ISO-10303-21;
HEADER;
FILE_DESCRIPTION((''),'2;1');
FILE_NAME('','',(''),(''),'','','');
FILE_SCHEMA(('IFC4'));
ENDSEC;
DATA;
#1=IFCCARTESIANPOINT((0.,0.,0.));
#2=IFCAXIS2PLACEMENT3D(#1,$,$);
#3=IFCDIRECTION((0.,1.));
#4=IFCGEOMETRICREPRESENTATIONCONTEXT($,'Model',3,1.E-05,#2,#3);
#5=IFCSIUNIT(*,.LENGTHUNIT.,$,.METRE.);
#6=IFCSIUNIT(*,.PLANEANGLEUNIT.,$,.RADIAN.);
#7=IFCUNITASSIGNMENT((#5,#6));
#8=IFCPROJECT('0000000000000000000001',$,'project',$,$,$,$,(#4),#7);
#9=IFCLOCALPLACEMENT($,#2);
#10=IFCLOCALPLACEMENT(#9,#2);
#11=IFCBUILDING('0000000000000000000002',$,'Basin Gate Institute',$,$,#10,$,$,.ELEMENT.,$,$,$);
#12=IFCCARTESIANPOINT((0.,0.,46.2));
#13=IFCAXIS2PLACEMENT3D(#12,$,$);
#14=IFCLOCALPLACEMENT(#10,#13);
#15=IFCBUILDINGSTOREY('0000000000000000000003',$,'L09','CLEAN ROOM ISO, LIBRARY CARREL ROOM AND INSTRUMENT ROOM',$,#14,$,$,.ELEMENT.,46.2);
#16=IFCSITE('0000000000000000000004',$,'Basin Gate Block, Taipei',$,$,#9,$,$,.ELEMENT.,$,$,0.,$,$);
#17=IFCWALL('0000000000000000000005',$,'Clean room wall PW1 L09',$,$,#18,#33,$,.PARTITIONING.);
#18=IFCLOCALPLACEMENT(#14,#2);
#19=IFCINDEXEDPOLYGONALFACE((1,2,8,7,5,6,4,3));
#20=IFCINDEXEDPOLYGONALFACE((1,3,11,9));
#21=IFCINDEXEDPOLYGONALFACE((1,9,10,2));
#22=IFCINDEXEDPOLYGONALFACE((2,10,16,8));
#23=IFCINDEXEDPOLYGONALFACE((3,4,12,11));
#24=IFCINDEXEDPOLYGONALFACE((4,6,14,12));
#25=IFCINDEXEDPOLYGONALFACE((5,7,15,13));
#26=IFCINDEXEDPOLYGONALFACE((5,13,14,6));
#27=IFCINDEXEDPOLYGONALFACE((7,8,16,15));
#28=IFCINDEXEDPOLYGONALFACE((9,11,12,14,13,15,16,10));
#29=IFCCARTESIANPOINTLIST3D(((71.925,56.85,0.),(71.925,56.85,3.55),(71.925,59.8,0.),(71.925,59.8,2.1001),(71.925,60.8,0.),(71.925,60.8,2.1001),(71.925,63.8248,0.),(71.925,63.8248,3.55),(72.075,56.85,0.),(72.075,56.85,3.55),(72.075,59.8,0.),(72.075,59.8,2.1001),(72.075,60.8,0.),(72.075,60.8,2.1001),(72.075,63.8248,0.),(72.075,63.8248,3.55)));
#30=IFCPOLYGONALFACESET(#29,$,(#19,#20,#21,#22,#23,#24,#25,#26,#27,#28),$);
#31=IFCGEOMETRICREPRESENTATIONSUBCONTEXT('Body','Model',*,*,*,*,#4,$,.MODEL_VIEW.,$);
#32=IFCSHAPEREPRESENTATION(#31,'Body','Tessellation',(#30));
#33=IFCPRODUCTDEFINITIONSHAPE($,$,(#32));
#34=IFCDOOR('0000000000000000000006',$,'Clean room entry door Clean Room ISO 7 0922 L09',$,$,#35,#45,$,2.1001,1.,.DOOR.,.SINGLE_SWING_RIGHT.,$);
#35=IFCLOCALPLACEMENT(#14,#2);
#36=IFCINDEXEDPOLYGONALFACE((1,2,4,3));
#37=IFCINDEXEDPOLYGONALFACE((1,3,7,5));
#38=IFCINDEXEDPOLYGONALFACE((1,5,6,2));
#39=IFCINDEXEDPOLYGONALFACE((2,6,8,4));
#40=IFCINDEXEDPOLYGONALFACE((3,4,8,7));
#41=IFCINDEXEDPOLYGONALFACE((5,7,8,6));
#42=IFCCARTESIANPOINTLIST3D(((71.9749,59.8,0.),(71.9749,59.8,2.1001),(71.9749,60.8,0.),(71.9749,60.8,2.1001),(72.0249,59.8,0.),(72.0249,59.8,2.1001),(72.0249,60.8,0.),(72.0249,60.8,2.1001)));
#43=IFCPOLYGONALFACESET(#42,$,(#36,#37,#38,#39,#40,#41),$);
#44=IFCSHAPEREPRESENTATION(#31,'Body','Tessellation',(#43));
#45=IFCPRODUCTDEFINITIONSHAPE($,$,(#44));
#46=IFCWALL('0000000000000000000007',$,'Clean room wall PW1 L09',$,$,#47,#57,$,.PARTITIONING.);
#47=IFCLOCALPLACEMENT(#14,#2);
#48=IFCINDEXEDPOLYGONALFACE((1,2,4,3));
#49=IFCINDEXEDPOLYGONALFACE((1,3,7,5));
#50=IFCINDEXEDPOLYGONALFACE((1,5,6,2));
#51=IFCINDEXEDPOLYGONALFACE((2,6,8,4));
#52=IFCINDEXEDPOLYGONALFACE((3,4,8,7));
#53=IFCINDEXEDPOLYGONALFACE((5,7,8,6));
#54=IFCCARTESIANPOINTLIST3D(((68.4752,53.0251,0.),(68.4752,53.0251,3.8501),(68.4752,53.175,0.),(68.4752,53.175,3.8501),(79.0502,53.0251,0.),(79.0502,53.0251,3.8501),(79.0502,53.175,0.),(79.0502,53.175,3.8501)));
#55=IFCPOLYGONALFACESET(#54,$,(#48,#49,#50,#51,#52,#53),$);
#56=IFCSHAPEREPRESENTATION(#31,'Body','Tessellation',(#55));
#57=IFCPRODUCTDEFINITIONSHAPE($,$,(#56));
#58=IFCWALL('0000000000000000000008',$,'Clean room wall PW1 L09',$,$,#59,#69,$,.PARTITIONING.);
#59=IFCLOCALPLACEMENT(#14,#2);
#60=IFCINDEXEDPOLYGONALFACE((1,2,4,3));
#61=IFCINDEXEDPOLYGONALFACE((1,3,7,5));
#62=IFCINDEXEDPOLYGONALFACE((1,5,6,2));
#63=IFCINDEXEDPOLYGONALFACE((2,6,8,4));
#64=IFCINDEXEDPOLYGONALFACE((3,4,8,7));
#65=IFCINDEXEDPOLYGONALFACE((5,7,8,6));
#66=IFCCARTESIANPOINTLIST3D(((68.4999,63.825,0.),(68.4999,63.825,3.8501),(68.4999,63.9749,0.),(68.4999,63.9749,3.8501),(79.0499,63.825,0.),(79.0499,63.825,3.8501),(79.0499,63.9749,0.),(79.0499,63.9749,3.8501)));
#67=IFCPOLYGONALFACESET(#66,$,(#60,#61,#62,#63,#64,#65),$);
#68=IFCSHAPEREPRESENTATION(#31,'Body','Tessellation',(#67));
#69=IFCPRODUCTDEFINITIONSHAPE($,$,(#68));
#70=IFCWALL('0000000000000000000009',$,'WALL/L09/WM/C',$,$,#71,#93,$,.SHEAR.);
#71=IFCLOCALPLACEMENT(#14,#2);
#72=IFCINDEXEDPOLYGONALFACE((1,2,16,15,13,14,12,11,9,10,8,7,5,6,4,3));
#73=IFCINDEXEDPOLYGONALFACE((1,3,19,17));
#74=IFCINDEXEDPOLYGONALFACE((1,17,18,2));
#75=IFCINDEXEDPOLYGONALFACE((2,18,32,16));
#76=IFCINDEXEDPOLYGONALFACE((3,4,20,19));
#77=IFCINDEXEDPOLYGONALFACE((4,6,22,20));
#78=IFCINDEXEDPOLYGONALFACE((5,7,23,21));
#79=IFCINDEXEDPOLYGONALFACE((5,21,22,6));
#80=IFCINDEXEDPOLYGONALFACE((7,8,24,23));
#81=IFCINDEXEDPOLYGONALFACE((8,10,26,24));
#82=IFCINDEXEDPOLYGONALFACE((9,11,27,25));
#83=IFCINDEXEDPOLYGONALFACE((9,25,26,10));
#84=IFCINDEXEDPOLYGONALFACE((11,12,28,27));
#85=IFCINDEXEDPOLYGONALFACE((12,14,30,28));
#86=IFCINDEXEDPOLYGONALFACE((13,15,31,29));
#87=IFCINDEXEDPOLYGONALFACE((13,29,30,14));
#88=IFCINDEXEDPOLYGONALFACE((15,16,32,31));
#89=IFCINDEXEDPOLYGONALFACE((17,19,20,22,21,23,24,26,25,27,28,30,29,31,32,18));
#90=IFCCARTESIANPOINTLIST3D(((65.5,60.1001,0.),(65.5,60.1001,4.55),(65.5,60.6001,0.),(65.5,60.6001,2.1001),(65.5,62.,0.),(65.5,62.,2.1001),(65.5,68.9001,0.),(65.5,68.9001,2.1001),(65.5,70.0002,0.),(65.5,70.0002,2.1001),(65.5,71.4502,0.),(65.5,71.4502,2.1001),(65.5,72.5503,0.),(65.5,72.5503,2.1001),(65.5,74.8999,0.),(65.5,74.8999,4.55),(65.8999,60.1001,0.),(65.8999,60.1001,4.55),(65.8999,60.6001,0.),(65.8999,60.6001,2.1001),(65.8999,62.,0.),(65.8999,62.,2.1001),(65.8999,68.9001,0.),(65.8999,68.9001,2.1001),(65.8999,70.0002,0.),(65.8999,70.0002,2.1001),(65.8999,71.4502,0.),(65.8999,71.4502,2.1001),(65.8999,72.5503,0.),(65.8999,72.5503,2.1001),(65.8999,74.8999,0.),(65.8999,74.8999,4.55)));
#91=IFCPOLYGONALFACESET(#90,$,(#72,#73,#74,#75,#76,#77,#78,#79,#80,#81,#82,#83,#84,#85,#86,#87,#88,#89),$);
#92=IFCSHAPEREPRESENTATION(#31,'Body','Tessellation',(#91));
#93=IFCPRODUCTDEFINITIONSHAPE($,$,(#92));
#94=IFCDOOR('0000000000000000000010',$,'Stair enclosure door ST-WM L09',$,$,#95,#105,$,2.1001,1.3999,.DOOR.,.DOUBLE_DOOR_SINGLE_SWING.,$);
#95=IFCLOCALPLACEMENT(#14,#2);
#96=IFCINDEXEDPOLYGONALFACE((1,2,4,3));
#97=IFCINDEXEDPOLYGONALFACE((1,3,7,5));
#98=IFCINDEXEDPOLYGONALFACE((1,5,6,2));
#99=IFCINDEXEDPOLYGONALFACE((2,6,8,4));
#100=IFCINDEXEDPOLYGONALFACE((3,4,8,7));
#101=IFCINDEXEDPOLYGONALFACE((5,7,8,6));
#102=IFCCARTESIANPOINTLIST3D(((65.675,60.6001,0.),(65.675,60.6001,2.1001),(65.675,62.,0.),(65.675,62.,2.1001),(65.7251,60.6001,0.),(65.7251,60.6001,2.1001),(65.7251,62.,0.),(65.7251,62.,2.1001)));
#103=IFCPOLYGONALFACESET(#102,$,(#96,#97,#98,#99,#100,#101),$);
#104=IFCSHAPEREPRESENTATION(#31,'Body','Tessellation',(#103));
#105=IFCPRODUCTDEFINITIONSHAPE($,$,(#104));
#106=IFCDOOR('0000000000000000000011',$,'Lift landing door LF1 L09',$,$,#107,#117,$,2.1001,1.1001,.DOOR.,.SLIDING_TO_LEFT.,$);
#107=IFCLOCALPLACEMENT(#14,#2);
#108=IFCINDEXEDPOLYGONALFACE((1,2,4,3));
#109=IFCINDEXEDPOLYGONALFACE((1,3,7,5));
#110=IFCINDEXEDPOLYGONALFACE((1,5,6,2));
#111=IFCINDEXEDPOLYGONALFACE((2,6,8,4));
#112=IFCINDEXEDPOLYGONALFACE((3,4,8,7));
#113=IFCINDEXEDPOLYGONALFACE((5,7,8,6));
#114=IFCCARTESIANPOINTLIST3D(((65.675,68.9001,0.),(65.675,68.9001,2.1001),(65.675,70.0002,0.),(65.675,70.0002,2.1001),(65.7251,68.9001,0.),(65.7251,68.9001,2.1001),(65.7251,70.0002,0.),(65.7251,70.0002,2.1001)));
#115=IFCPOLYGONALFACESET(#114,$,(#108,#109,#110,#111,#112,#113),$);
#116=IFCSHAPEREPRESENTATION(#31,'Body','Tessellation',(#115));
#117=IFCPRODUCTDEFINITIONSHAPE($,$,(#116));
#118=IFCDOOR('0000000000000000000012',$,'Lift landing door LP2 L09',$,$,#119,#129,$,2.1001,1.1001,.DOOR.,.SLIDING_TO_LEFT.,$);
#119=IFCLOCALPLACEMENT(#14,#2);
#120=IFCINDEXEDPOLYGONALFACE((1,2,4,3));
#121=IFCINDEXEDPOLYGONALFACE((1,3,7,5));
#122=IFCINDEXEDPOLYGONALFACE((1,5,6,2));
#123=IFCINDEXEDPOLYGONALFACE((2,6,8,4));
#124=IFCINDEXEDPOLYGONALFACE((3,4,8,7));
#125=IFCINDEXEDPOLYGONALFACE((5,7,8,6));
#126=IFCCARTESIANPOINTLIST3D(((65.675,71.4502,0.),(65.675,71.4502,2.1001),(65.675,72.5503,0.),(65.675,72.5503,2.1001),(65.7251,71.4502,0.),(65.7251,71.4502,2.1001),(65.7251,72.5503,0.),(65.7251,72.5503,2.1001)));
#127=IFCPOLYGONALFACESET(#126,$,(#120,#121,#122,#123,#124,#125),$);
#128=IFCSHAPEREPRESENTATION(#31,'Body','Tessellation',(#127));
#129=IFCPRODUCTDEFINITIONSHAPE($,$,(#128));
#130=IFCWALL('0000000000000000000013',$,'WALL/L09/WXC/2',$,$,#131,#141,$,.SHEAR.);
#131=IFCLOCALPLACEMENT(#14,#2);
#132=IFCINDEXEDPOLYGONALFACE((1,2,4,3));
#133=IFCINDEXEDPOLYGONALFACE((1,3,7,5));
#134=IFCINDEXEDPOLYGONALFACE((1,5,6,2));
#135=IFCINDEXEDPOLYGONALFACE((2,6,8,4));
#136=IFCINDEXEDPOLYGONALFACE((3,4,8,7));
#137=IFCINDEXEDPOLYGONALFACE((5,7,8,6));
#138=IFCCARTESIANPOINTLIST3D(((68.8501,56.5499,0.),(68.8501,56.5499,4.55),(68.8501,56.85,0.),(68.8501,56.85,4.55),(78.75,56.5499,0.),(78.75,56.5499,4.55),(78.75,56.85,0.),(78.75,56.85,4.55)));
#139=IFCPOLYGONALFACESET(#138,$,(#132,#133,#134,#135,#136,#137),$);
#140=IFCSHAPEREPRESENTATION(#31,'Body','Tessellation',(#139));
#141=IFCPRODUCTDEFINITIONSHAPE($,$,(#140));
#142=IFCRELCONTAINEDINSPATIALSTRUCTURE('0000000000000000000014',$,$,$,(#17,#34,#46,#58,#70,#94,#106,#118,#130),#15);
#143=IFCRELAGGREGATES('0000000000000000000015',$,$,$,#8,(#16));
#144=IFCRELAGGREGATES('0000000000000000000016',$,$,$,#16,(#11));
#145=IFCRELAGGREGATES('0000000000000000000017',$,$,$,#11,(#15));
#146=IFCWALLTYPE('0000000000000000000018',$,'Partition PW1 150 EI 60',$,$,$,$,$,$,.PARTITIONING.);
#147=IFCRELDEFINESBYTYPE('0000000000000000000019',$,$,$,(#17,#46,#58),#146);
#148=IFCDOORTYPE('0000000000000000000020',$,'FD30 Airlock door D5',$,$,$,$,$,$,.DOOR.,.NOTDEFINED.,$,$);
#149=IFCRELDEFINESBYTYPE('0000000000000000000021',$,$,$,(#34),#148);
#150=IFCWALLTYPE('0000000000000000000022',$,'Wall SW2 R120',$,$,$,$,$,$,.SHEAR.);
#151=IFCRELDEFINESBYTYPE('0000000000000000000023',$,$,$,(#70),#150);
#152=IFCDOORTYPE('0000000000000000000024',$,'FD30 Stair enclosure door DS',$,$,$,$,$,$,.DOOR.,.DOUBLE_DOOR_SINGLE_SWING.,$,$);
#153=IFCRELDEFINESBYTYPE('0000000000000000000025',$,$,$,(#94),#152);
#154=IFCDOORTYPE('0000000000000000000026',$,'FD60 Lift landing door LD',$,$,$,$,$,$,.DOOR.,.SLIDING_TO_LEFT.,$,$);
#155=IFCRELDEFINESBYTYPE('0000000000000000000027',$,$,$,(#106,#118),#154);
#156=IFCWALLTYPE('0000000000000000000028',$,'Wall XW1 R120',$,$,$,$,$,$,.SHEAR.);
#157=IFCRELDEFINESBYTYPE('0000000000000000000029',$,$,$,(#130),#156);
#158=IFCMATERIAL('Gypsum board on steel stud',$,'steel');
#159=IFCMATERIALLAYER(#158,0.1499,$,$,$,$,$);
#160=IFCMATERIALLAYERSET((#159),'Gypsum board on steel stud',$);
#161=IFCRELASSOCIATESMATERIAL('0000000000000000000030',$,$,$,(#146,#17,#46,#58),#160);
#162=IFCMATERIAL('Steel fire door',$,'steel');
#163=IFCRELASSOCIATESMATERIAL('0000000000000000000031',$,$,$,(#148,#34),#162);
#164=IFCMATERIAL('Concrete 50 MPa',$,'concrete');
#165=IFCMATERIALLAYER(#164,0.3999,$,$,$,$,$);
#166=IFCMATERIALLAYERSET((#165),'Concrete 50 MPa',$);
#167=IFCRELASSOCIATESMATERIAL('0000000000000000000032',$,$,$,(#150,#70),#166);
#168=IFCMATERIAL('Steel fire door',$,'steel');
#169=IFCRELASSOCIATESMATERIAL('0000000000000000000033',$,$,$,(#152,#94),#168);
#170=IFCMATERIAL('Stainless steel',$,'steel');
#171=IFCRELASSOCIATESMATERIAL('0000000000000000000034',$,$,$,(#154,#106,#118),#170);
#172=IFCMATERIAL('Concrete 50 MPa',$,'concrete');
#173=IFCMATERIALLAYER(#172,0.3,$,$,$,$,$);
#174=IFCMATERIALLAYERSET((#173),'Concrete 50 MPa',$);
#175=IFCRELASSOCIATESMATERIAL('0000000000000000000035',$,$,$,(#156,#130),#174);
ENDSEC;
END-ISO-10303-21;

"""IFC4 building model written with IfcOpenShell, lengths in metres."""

from ifc_helpers import new_model, si_unit, direction, frame, frame_2d, origin, place, context, subcontext, project, spatial, rectangle, extrude, material, layer, layer_set, type_object, element, fill, save


model = new_model("IFC4")

# Units and contexts
model_context = context("Model", 3, precision=1e-05, world=origin(), true_north=direction((0.0, 1.0)))
body_context = subcontext(model_context, "Body", "Model", "MODEL_VIEW")
ifc_project = project(units=[si_unit("LENGTHUNIT", "METRE"), si_unit("PLANEANGLEUNIT", "RADIAN")], contexts=[model_context])

# Site, building, storey
site_placement = place(None, origin())
site = spatial("IfcSite", under=ifc_project, at=site_placement, Name="Basin Gate Block, Taipei", CompositionType="ELEMENT", RefElevation=0.0)
building_placement = place(site_placement, origin())
building = spatial("IfcBuilding", under=site, at=building_placement, Name="Basin Gate Institute", CompositionType="ELEMENT")
storey_placement = place(building_placement, frame((0.0, 0.0, 46.2)))
storey = spatial("IfcBuildingStorey", under=building, at=storey_placement, Name="L09", Description="CLEAN ROOM ISO, LIBRARY CARREL ROOM AND INSTRUMENT ROOM", CompositionType="ELEMENT", Elevation=46.2)

# Wall, opening, door
ifc_material_1 = material(Name="Gypsum board on steel stud", Category="steel")
ifc_layer_1 = layer(ifc_material_1, 0.1499)
ifc_layer_set_1 = layer_set([ifc_layer_1], Name="Gypsum board on steel stud")
wall_type_1 = type_object("IfcWallType", Name="Partition PW1 150 EI 60", PredefinedType="PARTITIONING", material=ifc_layer_set_1)
ifc_material_2 = material(Name="Steel fire door", Category="steel")
door_type_1 = type_object("IfcDoorType", Name="FD30 Airlock door D5", OperationType="NOTDEFINED", PredefinedType="DOOR", material=ifc_material_2)
wall_1_placement = place(storey_placement, frame((72.0, 56.8501, 0.0), z_axis=(0.0, 0.0, 1.0), x_axis=(0.0, 1.0, 0.0)))
wall_1 = element("IfcWall", 1, at=wall_1_placement, inside=storey, type_object=wall_type_1, material=ifc_layer_set_1, Name="Clean room wall PW1 L09", PredefinedType="PARTITIONING", context=body_context, shape_type="SweptSolid", body=[
    extrude(rectangle(XDim=6.9749, YDim=0.1499, at=frame_2d((3.4873, 0.0))), origin(), (0.0, 0.0, 1.0), 3.55),
])
opening_1_placement = place(wall_1_placement, frame((2.95, 0.0, 0.0)))
opening_1 = element("IfcOpeningElement", 2, at=opening_1_placement, cuts=wall_1, PredefinedType="OPENING", context=body_context, shape_type="SweptSolid", body=[
    extrude(rectangle(XDim=1.0, YDim=2.1001, at=frame_2d((0.5, 1.05))), frame((0.0, 0.085, 0.0), z_axis=(0.0, -1.0, 0.0), x_axis=(1.0, 0.0, 0.0)), (0.0, 0.0, 1.0), 0.1699),
])
door_1_placement = place(opening_1_placement, frame((1.0, 0.0, 0.0), z_axis=(0.0, 0.0, 1.0), x_axis=(-1.0, 0.0, 0.0)))
door_1 = element("IfcDoor", 3, at=door_1_placement, inside=storey, type_object=door_type_1, material=ifc_material_2, Name="Clean room entry door Clean Room ISO 7 0922 L09", OperationType="SINGLE_SWING_RIGHT", OverallHeight=2.1001, OverallWidth=1.0, PredefinedType="DOOR", context=body_context, shape_type="SweptSolid", body=[
    extrude(rectangle(XDim=1.0, YDim=2.1001, at=frame_2d((0.5, 1.05))), frame((0.0, 0.0249, 0.0), z_axis=(0.0, -1.0, 0.0), x_axis=(1.0, 0.0, 0.0)), (0.0, 0.0, 1.0), 0.05),
])
fill(opening_1, door_1)

# Walls
wall_2_placement = place(storey_placement, frame((68.4751, 53.1001, 0.0), z_axis=(0.0, 0.0, 1.0), x_axis=(1.0, 0.0, 0.0)))
element("IfcWall", 4, at=wall_2_placement, inside=storey, type_object=wall_type_1, material=ifc_layer_set_1, Name="Clean room wall PW1 L09", PredefinedType="PARTITIONING", context=body_context, shape_type="SweptSolid", body=[
    extrude(rectangle(XDim=10.575, YDim=0.1499, at=frame_2d((5.2876, 0.0))), origin(), (0.0, 0.0, 1.0), 3.8501),
])
wall_3_placement = place(storey_placement, frame((68.5, 63.8999, 0.0), z_axis=(0.0, 0.0, 1.0), x_axis=(1.0, 0.0, 0.0)))
element("IfcWall", 5, at=wall_3_placement, inside=storey, type_object=wall_type_1, material=ifc_layer_set_1, Name="Clean room wall PW1 L09", PredefinedType="PARTITIONING", context=body_context, shape_type="SweptSolid", body=[
    extrude(rectangle(XDim=10.55, YDim=0.1499, at=frame_2d((5.2749, 0.0))), origin(), (0.0, 0.0, 1.0), 3.8501),
])

# Wall, openings, doors
ifc_material_3 = material(Name="Concrete 50 MPa", Category="concrete")
ifc_layer_2 = layer(ifc_material_3, 0.3999)
ifc_layer_set_2 = layer_set([ifc_layer_2], Name="Concrete 50 MPa")
wall_type_2 = type_object("IfcWallType", Name="Wall SW2 R120", PredefinedType="SHEAR", material=ifc_layer_set_2)
wall_4_placement = place(storey_placement, frame((65.7, 60.1001, 0.0), z_axis=(0.0, 0.0, 1.0), x_axis=(0.0, 1.0, 0.0)))
wall_4 = element("IfcWall", 6, at=wall_4_placement, inside=storey, type_object=wall_type_2, material=ifc_layer_set_2, Name="WALL/L09/WM/C", PredefinedType="SHEAR", context=body_context, shape_type="SweptSolid", body=[
    extrude(rectangle(XDim=14.7998, YDim=0.3999, at=frame_2d((7.3999, 0.0))), origin(), (0.0, 0.0, 1.0), 4.55),
])
opening_2_placement = place(wall_4_placement, frame((0.5, 0.0, 0.0)))
opening_2 = element("IfcOpeningElement", 7, at=opening_2_placement, cuts=wall_4, PredefinedType="OPENING", context=body_context, shape_type="SweptSolid", body=[
    extrude(rectangle(XDim=1.3999, YDim=2.1001, at=frame_2d((0.7, 1.05))), frame((0.0, 0.21, 0.0), z_axis=(0.0, -1.0, 0.0), x_axis=(1.0, 0.0, 0.0)), (0.0, 0.0, 1.0), 0.4199),
])
opening_3_placement = place(wall_4_placement, frame((8.8, 0.0, 0.0)))
opening_3 = element("IfcOpeningElement", 8, at=opening_3_placement, cuts=wall_4, PredefinedType="OPENING", context=body_context, shape_type="SweptSolid", body=[
    extrude(rectangle(XDim=1.1001, YDim=2.1001, at=frame_2d((0.55, 1.05))), frame((0.0, 0.21, 0.0), z_axis=(0.0, -1.0, 0.0), x_axis=(1.0, 0.0, 0.0)), (0.0, 0.0, 1.0), 0.4199),
])
opening_4_placement = place(wall_4_placement, frame((11.3501, 0.0, 0.0)))
opening_4 = element("IfcOpeningElement", 9, at=opening_4_placement, cuts=wall_4, PredefinedType="OPENING", context=body_context, shape_type="SweptSolid", body=[
    extrude(rectangle(XDim=1.1001, YDim=2.1001, at=frame_2d((0.55, 1.05))), frame((0.0, 0.21, 0.0), z_axis=(0.0, -1.0, 0.0), x_axis=(1.0, 0.0, 0.0)), (0.0, 0.0, 1.0), 0.4199),
])
ifc_material_4 = material(Name="Steel fire door", Category="steel")
door_type_2 = type_object("IfcDoorType", Name="FD30 Stair enclosure door DS", OperationType="DOUBLE_DOOR_SINGLE_SWING", PredefinedType="DOOR", material=ifc_material_4)
door_2_placement = place(opening_2_placement, origin())
door_2 = element("IfcDoor", 10, at=door_2_placement, inside=storey, type_object=door_type_2, material=ifc_material_4, Name="Stair enclosure door ST-WM L09", OperationType="DOUBLE_DOOR_SINGLE_SWING", OverallHeight=2.1001, OverallWidth=1.3999, PredefinedType="DOOR", context=body_context, shape_type="SweptSolid", body=[
    extrude(rectangle(XDim=1.3999, YDim=2.1001, at=frame_2d((0.7, 1.05))), frame((0.0, 0.0249, 0.0), z_axis=(0.0, -1.0, 0.0), x_axis=(1.0, 0.0, 0.0)), (0.0, 0.0, 1.0), 0.05),
])
fill(opening_2, door_2)
ifc_material_5 = material(Name="Stainless steel", Category="steel")
door_type_3 = type_object("IfcDoorType", Name="FD60 Lift landing door LD", OperationType="SLIDING_TO_LEFT", PredefinedType="DOOR", material=ifc_material_5)
door_3_placement = place(opening_3_placement, origin())
door_3 = element("IfcDoor", 11, at=door_3_placement, inside=storey, type_object=door_type_3, material=ifc_material_5, Name="Lift landing door LF1 L09", OperationType="SLIDING_TO_LEFT", OverallHeight=2.1001, OverallWidth=1.1001, PredefinedType="DOOR", context=body_context, shape_type="SweptSolid", body=[
    extrude(rectangle(XDim=1.1001, YDim=2.1001, at=frame_2d((0.55, 1.05))), frame((0.0, 0.0249, 0.0), z_axis=(0.0, -1.0, 0.0), x_axis=(1.0, 0.0, 0.0)), (0.0, 0.0, 1.0), 0.05),
])
fill(opening_3, door_3)
door_4_placement = place(opening_4_placement, origin())
door_4 = element("IfcDoor", 12, at=door_4_placement, inside=storey, type_object=door_type_3, material=ifc_material_5, Name="Lift landing door LP2 L09", OperationType="SLIDING_TO_LEFT", OverallHeight=2.1001, OverallWidth=1.1001, PredefinedType="DOOR", context=body_context, shape_type="SweptSolid", body=[
    extrude(rectangle(XDim=1.1001, YDim=2.1001, at=frame_2d((0.55, 1.05))), frame((0.0, 0.0249, 0.0), z_axis=(0.0, -1.0, 0.0), x_axis=(1.0, 0.0, 0.0)), (0.0, 0.0, 1.0), 0.05),
])
fill(opening_4, door_4)

# Wall
ifc_material_6 = material(Name="Concrete 50 MPa", Category="concrete")
ifc_layer_3 = layer(ifc_material_6, 0.3)
ifc_layer_set_3 = layer_set([ifc_layer_3], Name="Concrete 50 MPa")
wall_type_3 = type_object("IfcWallType", Name="Wall XW1 R120", PredefinedType="SHEAR", material=ifc_layer_set_3)
wall_5_placement = place(storey_placement, frame((68.8501, 56.7, 0.0), z_axis=(0.0, 0.0, 1.0), x_axis=(1.0, 0.0, 0.0)))
element("IfcWall", 13, at=wall_5_placement, inside=storey, type_object=wall_type_3, material=ifc_layer_set_3, Name="WALL/L09/WXC/2", PredefinedType="SHEAR", context=body_context, shape_type="SweptSolid", body=[
    extrude(rectangle(XDim=9.8999, YDim=0.3, at=frame_2d((4.95, 0.0))), origin(), (0.0, 0.0, 1.0), 4.55),
])

save(model, "model.ifc")
